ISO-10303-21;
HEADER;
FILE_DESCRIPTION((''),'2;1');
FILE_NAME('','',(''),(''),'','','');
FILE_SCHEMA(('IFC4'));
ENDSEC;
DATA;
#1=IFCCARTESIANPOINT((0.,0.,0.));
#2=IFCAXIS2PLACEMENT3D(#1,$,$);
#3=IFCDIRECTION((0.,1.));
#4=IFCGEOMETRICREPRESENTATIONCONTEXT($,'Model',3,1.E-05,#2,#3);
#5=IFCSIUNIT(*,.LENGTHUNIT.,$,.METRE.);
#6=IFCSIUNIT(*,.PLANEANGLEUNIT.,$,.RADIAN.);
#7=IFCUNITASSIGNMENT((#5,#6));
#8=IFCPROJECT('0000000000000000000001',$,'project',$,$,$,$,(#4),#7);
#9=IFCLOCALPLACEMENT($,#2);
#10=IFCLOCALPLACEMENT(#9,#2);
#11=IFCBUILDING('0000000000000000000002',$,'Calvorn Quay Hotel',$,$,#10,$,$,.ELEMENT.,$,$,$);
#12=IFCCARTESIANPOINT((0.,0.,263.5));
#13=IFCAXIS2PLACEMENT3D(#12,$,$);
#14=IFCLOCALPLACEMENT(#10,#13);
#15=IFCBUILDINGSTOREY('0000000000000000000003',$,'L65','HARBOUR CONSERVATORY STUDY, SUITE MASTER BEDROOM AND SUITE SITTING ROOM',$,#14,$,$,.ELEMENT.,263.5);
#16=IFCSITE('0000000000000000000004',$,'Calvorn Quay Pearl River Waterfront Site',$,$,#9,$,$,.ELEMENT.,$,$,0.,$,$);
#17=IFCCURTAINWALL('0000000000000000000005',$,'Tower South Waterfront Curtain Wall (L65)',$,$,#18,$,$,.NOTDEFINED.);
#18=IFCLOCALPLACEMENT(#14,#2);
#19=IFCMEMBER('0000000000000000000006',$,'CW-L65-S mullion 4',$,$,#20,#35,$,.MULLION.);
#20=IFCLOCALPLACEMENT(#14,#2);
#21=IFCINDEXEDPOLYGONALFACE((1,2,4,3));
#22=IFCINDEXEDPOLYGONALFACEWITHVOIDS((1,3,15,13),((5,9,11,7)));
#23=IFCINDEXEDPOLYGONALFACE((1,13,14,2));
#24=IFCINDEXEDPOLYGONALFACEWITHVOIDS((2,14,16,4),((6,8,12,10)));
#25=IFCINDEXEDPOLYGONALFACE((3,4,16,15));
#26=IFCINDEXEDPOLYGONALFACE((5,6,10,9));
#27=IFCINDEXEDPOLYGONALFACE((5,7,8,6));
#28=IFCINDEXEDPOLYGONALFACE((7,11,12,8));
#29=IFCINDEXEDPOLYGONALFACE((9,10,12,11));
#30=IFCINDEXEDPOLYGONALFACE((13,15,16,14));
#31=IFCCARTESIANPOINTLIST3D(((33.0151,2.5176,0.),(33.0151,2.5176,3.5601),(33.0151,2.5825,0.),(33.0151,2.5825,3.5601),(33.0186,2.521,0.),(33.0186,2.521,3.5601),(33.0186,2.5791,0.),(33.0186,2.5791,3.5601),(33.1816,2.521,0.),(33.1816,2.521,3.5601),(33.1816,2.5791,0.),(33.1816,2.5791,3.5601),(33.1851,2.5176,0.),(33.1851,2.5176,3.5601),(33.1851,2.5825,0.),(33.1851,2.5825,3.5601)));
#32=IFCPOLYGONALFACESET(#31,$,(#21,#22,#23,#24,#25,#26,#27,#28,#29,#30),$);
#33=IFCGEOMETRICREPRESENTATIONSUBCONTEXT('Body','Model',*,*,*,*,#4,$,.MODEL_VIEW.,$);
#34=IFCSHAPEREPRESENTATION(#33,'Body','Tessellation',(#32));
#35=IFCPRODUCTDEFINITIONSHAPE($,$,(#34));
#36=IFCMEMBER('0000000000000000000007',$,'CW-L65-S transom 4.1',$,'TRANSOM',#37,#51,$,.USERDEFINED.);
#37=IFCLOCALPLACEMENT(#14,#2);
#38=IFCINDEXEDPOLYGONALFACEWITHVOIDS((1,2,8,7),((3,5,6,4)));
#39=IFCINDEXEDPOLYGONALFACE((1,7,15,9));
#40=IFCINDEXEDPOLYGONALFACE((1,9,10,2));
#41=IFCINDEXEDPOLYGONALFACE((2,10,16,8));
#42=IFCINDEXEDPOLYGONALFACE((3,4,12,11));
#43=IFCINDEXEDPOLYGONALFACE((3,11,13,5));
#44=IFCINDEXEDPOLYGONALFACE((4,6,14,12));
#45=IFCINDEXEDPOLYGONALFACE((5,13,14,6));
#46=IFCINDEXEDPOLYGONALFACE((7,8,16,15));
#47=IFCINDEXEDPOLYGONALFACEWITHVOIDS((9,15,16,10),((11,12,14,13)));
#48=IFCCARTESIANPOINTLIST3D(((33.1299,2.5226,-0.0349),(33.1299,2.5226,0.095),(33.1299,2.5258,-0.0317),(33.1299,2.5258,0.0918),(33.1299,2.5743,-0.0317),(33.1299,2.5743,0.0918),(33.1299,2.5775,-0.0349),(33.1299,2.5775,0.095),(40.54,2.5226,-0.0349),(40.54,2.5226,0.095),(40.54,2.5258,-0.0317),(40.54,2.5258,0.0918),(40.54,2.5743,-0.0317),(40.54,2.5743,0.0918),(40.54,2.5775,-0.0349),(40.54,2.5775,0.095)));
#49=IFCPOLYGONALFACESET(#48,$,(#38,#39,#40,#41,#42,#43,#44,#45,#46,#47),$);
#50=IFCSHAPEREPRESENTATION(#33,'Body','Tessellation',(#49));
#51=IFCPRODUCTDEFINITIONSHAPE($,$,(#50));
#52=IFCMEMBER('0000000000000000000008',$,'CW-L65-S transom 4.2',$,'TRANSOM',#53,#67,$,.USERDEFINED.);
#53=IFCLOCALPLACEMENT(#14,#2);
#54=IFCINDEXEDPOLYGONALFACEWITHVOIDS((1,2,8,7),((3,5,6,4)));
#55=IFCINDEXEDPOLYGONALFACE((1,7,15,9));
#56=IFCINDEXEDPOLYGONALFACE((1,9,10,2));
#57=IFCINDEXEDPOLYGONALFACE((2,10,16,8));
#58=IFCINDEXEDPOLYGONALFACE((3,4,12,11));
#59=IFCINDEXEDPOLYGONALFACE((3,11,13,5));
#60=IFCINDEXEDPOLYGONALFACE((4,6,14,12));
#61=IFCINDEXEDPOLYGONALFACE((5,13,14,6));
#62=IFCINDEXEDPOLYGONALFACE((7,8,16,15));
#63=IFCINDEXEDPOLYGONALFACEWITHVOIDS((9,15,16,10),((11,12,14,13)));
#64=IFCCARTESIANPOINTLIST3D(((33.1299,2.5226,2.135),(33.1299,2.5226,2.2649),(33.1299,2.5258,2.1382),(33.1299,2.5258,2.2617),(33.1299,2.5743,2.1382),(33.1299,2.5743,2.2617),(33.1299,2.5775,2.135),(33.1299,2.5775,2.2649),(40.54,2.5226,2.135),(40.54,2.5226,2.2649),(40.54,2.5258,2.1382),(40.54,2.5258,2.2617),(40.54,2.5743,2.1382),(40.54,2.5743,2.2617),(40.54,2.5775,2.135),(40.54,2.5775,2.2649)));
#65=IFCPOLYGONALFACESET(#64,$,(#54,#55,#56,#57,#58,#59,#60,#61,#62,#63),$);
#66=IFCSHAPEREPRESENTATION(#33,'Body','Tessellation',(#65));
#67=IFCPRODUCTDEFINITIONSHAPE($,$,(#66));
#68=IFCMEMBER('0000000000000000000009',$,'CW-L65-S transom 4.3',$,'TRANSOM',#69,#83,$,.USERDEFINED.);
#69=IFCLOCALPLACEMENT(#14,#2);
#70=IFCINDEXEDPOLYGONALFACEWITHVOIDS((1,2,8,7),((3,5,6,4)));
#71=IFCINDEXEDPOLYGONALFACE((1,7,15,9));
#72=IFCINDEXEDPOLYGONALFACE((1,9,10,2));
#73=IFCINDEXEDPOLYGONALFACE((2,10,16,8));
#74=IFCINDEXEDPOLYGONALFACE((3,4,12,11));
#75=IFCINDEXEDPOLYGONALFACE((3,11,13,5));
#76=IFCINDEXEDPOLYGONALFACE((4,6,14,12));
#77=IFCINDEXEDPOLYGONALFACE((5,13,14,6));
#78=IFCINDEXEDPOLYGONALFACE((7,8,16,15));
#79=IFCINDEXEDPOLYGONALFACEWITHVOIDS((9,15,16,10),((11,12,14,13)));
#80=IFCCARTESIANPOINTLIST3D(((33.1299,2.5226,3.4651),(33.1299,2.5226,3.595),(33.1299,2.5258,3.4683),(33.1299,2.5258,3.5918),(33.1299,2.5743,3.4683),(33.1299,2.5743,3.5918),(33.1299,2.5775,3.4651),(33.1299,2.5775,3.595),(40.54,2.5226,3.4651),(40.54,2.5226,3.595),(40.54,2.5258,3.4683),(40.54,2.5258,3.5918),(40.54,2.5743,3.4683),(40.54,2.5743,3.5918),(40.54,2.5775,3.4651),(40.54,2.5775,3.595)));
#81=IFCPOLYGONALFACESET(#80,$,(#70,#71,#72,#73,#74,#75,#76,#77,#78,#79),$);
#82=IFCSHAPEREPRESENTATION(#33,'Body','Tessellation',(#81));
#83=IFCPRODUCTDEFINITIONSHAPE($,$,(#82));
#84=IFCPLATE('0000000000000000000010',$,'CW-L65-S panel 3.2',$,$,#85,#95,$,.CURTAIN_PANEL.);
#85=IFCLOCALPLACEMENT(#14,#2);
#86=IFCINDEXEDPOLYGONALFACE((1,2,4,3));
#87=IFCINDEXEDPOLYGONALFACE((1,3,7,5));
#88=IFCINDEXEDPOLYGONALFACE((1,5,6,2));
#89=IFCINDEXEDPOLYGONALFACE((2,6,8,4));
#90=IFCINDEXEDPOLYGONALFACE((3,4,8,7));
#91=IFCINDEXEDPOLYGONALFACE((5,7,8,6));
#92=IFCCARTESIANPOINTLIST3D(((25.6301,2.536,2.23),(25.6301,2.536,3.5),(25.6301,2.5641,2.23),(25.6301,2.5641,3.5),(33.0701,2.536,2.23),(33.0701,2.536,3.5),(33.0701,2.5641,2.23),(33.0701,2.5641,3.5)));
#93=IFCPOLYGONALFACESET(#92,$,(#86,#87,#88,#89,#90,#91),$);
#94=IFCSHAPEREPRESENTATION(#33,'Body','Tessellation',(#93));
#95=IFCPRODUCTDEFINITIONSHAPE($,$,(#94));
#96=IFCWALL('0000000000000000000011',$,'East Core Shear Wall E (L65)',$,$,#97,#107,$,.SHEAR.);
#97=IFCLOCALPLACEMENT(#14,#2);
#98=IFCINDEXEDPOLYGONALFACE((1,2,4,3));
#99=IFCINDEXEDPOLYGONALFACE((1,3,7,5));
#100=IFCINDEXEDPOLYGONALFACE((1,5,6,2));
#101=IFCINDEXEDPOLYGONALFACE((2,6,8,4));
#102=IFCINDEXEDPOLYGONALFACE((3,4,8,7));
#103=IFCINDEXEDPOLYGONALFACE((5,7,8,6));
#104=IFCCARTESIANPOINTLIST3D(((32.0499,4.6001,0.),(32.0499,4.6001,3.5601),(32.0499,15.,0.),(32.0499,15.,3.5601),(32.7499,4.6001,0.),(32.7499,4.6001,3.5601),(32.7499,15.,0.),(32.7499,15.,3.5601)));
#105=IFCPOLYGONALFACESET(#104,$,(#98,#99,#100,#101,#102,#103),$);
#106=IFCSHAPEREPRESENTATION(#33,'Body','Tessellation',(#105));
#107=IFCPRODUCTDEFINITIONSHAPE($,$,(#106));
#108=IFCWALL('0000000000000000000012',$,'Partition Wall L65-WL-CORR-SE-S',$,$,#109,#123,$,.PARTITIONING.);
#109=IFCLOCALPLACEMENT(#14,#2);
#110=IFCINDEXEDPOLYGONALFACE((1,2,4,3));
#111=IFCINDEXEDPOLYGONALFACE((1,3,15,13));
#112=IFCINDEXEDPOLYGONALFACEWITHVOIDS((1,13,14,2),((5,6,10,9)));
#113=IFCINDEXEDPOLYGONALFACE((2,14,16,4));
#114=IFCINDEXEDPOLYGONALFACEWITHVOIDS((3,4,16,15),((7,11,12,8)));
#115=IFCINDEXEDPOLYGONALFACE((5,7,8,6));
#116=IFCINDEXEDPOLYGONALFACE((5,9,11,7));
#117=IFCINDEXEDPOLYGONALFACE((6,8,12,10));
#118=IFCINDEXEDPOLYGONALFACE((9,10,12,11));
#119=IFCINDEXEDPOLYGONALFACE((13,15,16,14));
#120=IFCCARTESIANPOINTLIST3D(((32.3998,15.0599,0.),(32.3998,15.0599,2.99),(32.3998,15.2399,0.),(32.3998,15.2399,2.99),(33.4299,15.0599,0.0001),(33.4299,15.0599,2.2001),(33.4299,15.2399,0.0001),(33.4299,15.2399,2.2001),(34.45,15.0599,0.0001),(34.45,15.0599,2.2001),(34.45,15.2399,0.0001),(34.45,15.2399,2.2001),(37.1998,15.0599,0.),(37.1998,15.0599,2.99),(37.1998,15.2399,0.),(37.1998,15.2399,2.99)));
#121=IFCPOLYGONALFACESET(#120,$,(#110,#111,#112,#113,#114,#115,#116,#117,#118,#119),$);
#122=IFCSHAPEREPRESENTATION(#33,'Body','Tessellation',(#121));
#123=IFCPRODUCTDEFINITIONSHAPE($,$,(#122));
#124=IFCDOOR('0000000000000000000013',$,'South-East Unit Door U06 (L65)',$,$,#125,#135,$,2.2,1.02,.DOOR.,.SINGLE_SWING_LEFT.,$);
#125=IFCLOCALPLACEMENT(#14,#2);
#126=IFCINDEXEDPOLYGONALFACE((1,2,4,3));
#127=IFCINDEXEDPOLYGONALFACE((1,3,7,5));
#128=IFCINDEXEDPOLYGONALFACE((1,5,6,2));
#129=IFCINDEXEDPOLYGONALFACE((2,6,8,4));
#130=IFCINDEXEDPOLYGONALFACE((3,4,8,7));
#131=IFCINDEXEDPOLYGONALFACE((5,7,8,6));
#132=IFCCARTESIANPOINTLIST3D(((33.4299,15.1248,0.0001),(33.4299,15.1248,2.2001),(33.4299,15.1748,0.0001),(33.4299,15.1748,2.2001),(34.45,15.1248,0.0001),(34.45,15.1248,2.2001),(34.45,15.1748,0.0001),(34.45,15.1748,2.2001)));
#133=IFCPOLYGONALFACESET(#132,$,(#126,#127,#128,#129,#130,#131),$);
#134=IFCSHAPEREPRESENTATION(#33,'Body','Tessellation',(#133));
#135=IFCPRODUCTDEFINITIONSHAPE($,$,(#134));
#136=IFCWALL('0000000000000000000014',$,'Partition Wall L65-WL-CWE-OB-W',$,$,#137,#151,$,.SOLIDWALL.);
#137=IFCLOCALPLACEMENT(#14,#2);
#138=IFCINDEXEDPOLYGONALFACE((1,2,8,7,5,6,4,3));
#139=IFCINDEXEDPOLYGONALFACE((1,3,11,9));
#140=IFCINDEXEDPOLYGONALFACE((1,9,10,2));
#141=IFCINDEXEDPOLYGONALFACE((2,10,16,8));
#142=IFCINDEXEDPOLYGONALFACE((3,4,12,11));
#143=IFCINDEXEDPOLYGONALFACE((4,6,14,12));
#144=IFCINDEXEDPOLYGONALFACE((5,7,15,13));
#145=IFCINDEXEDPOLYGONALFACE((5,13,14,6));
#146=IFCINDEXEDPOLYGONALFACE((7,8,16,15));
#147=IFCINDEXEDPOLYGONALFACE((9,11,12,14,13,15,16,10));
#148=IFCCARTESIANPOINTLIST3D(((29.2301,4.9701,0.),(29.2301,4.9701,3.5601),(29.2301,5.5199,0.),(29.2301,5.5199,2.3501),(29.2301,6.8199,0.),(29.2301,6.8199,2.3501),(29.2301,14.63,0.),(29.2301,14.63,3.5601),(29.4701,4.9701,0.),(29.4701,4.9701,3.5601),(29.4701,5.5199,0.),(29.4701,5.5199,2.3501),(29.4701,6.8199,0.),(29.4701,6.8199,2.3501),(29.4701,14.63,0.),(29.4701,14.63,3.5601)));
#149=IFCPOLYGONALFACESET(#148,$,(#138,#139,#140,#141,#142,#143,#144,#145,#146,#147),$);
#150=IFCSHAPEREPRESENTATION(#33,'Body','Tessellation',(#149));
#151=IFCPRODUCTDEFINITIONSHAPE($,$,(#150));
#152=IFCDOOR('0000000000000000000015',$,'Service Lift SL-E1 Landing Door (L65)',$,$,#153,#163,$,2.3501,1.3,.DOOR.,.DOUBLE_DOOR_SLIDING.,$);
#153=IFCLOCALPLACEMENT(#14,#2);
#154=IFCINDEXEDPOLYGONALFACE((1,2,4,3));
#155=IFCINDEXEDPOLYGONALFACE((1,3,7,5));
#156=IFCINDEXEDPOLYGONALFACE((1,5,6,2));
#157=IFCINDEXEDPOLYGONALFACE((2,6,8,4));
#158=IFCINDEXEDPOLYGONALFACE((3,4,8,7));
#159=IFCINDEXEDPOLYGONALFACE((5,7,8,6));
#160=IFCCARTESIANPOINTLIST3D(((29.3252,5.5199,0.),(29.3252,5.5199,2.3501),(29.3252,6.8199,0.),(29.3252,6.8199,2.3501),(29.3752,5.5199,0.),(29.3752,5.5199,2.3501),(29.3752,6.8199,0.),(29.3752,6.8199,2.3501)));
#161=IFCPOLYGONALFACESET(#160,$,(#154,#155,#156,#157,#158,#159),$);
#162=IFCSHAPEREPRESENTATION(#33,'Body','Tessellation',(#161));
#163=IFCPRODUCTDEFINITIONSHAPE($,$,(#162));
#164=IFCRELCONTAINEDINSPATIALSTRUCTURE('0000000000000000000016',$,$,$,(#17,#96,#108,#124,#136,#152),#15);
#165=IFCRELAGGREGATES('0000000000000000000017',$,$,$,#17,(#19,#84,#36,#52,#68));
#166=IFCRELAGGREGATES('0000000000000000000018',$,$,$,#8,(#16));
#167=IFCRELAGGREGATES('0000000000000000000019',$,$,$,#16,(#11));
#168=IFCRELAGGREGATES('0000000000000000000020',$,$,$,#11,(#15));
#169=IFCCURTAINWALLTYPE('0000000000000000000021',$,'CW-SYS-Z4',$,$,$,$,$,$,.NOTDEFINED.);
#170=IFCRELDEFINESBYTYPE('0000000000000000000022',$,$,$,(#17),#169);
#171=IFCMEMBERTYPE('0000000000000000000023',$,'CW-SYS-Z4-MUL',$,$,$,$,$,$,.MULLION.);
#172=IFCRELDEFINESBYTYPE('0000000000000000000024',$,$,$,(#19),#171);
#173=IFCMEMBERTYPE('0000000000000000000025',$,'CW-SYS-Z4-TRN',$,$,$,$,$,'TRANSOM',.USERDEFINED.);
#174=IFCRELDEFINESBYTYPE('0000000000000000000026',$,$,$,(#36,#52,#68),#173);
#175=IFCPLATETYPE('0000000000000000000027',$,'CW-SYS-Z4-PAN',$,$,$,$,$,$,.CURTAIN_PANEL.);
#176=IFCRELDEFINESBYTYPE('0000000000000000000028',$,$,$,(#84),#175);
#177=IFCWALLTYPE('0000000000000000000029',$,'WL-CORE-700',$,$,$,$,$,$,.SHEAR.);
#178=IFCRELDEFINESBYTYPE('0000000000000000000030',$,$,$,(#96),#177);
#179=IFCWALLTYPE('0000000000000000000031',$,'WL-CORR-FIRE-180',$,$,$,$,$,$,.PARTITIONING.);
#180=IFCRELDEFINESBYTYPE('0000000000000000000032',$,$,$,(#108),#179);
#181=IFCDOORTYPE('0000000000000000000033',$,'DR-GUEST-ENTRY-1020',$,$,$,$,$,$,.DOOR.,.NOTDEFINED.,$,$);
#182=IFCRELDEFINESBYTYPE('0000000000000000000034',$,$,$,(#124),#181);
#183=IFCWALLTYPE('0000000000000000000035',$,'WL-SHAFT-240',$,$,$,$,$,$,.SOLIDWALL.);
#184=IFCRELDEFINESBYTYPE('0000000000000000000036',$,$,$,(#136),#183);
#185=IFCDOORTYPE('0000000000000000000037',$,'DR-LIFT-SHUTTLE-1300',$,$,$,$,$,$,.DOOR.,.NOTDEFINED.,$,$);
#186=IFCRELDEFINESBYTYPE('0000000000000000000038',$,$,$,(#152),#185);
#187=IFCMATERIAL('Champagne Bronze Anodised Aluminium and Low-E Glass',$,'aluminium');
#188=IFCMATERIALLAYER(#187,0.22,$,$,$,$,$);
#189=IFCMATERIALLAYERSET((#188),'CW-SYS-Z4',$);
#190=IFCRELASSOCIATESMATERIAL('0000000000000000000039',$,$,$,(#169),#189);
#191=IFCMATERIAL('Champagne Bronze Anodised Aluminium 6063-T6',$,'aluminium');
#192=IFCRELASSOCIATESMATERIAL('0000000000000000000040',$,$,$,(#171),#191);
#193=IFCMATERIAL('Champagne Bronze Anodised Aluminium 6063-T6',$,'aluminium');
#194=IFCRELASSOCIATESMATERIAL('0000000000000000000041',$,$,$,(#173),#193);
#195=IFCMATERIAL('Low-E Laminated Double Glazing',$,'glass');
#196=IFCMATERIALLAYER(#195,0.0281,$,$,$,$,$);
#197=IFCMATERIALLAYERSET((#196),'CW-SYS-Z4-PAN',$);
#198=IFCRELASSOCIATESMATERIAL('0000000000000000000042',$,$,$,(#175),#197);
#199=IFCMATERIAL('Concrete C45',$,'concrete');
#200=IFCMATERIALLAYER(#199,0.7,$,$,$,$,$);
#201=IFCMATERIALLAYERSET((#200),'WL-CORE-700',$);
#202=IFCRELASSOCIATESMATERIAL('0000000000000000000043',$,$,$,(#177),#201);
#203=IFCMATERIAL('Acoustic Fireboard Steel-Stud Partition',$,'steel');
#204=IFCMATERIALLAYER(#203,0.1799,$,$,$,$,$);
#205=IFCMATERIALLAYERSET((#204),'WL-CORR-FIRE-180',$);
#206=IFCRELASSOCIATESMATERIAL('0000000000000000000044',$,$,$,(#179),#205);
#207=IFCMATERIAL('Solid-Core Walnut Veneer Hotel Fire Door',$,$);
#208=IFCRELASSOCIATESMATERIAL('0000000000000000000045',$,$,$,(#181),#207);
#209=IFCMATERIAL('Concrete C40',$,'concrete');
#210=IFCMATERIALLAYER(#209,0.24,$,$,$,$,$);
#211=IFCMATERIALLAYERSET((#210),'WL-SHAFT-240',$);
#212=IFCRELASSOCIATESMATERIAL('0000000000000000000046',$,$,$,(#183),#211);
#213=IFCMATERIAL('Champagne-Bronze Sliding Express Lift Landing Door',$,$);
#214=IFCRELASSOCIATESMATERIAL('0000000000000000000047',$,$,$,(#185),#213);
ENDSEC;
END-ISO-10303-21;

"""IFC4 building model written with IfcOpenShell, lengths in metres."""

from ifc_helpers import new_model, si_unit, direction, frame, frame_2d, origin, origin_2d, place, context, subcontext, project, spatial, rectangle, hollow_rectangle, extrude, material, layer, layer_set, material_profile, profile_set, type_object, element, fill, aggregate, save


model = new_model("IFC4")

# Units and contexts
model_context = context("Model", 3, precision=1e-05, world=origin(), true_north=direction((0.0, 1.0)))
body_context = subcontext(model_context, "Body", "Model", "MODEL_VIEW")
ifc_project = project(units=[si_unit("LENGTHUNIT", "METRE"), si_unit("PLANEANGLEUNIT", "RADIAN")], contexts=[model_context])

# Site, building, storey
site_placement = place(None, origin())
site = spatial("IfcSite", under=ifc_project, at=site_placement, Name="Calvorn Quay Pearl River Waterfront Site", CompositionType="ELEMENT", RefElevation=0.0)
building_placement = place(site_placement, origin())
building = spatial("IfcBuilding", under=site, at=building_placement, Name="Calvorn Quay Hotel", CompositionType="ELEMENT")
storey_placement = place(building_placement, frame((0.0, 0.0, 263.5)))
storey = spatial("IfcBuildingStorey", under=building, at=storey_placement, Name="L65", Description="HARBOUR CONSERVATORY STUDY, SUITE MASTER BEDROOM AND SUITE SITTING ROOM", CompositionType="ELEMENT", Elevation=263.5)

# Curtain wall, members, plate
ifc_material_1 = material(Name="Champagne Bronze Anodised Aluminium and Low-E Glass", Category="aluminium")
ifc_layer_1 = layer(ifc_material_1, 0.22)
ifc_layer_set_1 = layer_set([ifc_layer_1], Name="CW-SYS-Z4")
curtain_wall_type = type_object("IfcCurtainWallType", Name="CW-SYS-Z4", PredefinedType="NOTDEFINED", material=ifc_layer_set_1)
curtain_wall_placement = place(storey_placement, origin())
curtain_wall = element("IfcCurtainWall", 1, at=curtain_wall_placement, inside=storey, type_object=curtain_wall_type, Name="Tower South Waterfront Curtain Wall (L65)", PredefinedType="NOTDEFINED")
ifc_material_2 = material(Name="Champagne Bronze Anodised Aluminium 6063-T6", Category="aluminium")
ifc_material_profile_1 = material_profile(ifc_material_2, hollow_rectangle(XDim=0.0649, YDim=0.1699, WallThickness=0.0034, at=origin_2d()), Name="ALU-M170x65x3.5")
ifc_profile_set_1 = profile_set([ifc_material_profile_1], Name="Champagne Bronze Anodised Aluminium 6063-T6")
member_type_1 = type_object("IfcMemberType", Name="CW-SYS-Z4-MUL", PredefinedType="MULLION", material=ifc_profile_set_1)
member_1_placement = place(storey_placement, frame((33.1001, 2.55, 0.0), z_axis=(0.0, 0.0, 1.0), x_axis=(0.0, 1.0, 0.0)))
member_1 = element("IfcMember", 2, at=member_1_placement, type_object=member_type_1, Name="CW-L65-S mullion 4", PredefinedType="MULLION", context=body_context, shape_type="SweptSolid", body=[
    extrude(hollow_rectangle(XDim=0.0649, YDim=0.1699, WallThickness=0.0034, at=origin_2d()), origin(), (0.0, 0.0, 1.0), 3.5601),
])
ifc_material_3 = material(Name="Champagne Bronze Anodised Aluminium 6063-T6", Category="aluminium")
ifc_material_profile_2 = material_profile(ifc_material_3, hollow_rectangle(XDim=0.0549, YDim=0.1299, WallThickness=0.0032, at=origin_2d()), Name="ALU-T130x55x3.2")
ifc_profile_set_2 = profile_set([ifc_material_profile_2], Name="Champagne Bronze Anodised Aluminium 6063-T6")
member_type_2 = type_object("IfcMemberType", Name="CW-SYS-Z4-TRN", ElementType="TRANSOM", PredefinedType="USERDEFINED", material=ifc_profile_set_2)
member_2_placement = place(storey_placement, frame((33.1299, 2.55, 0.03), z_axis=(1.0, 0.0, 0.0), x_axis=(0.0, 1.0, 0.0)))
member_2 = element("IfcMember", 3, at=member_2_placement, type_object=member_type_2, Name="CW-L65-S transom 4.1", ObjectType="TRANSOM", PredefinedType="USERDEFINED", context=body_context, shape_type="SweptSolid", body=[
    extrude(hollow_rectangle(XDim=0.0549, YDim=0.1299, WallThickness=0.0032, at=origin_2d()), origin(), (0.0, 0.0, 1.0), 7.4102),
])
member_3_placement = place(storey_placement, frame((33.1299, 2.55, 2.2), z_axis=(1.0, 0.0, 0.0), x_axis=(0.0, 1.0, 0.0)))
member_3 = element("IfcMember", 4, at=member_3_placement, type_object=member_type_2, Name="CW-L65-S transom 4.2", ObjectType="TRANSOM", PredefinedType="USERDEFINED", context=body_context, shape_type="SweptSolid", body=[
    extrude(hollow_rectangle(XDim=0.0549, YDim=0.1299, WallThickness=0.0032, at=origin_2d()), origin(), (0.0, 0.0, 1.0), 7.4102),
])
member_4_placement = place(storey_placement, frame((33.1299, 2.55, 3.53), z_axis=(1.0, 0.0, 0.0), x_axis=(0.0, 1.0, 0.0)))
member_4 = element("IfcMember", 5, at=member_4_placement, type_object=member_type_2, Name="CW-L65-S transom 4.3", ObjectType="TRANSOM", PredefinedType="USERDEFINED", context=body_context, shape_type="SweptSolid", body=[
    extrude(hollow_rectangle(XDim=0.0549, YDim=0.1299, WallThickness=0.0032, at=origin_2d()), origin(), (0.0, 0.0, 1.0), 7.4102),
])
ifc_material_4 = material(Name="Low-E Laminated Double Glazing", Category="glass")
ifc_layer_2 = layer(ifc_material_4, 0.0281)
ifc_layer_set_2 = layer_set([ifc_layer_2], Name="CW-SYS-Z4-PAN")
plate_type = type_object("IfcPlateType", Name="CW-SYS-Z4-PAN", PredefinedType="CURTAIN_PANEL", material=ifc_layer_set_2)
plate_placement = place(storey_placement, frame((29.3501, 2.55, 2.23), z_axis=(0.0, 0.0, 1.0), x_axis=(1.0, 0.0, 0.0)))
plate = element("IfcPlate", 6, at=plate_placement, type_object=plate_type, Name="CW-L65-S panel 3.2", PredefinedType="CURTAIN_PANEL", context=body_context, shape_type="SweptSolid", body=[
    extrude(rectangle(XDim=7.4399, YDim=0.0281, at=origin_2d()), origin(), (0.0, 0.0, 1.0), 1.27),
])
aggregate(curtain_wall, [member_1, plate, member_2, member_3, member_4])

# Wall
ifc_material_5 = material(Name="Concrete C45", Category="concrete")
ifc_layer_3 = layer(ifc_material_5, 0.7)
ifc_layer_set_3 = layer_set([ifc_layer_3], Name="WL-CORE-700")
wall_type_1 = type_object("IfcWallType", Name="WL-CORE-700", PredefinedType="SHEAR", material=ifc_layer_set_3)
wall_1_placement = place(storey_placement, frame((32.3999, 4.6001, 0.0), z_axis=(0.0, 0.0, 1.0), x_axis=(0.0, 1.0, 0.0)))
element("IfcWall", 7, at=wall_1_placement, inside=storey, type_object=wall_type_1, Name="East Core Shear Wall E (L65)", PredefinedType="SHEAR", context=body_context, shape_type="SweptSolid", body=[
    extrude(rectangle(XDim=10.3999, YDim=0.7, at=frame_2d((5.2, 0.0))), origin(), (0.0, 0.0, 1.0), 3.5601),
])

# Walls, openings, doors
ifc_material_6 = material(Name="Acoustic Fireboard Steel-Stud Partition", Category="steel")
ifc_layer_4 = layer(ifc_material_6, 0.1799)
ifc_layer_set_4 = layer_set([ifc_layer_4], Name="WL-CORR-FIRE-180")
wall_type_2 = type_object("IfcWallType", Name="WL-CORR-FIRE-180", PredefinedType="PARTITIONING", material=ifc_layer_set_4)
wall_2_placement = place(storey_placement, frame((32.3999, 15.1499, 0.0), z_axis=(0.0, 0.0, 1.0), x_axis=(1.0, 0.0, 0.0)))
wall_2 = element("IfcWall", 8, at=wall_2_placement, inside=storey, type_object=wall_type_2, Name="Partition Wall L65-WL-CORR-SE-S", PredefinedType="PARTITIONING", context=body_context, shape_type="SweptSolid", body=[
    extrude(rectangle(XDim=4.8, YDim=0.1799, at=frame_2d((2.3999, 0.0))), origin(), (0.0, 0.0, 1.0), 2.99),
])
opening_1_placement = place(wall_2_placement, frame((1.03, 0.0, 0.0)))
opening_1 = element("IfcOpeningElement", 9, at=opening_1_placement, cuts=wall_2, PredefinedType="OPENING", context=body_context, shape_type="SweptSolid", body=[
    extrude(rectangle(XDim=1.02, YDim=2.2, at=frame_2d((0.51, 1.1001))), frame((0.0, 0.0999, 0.0), z_axis=(0.0, -1.0, 0.0), x_axis=(1.0, 0.0, 0.0)), (0.0, 0.0, 1.0), 0.2),
])
ifc_material_7 = material(Name="Solid-Core Walnut Veneer Hotel Fire Door")
door_type_1 = type_object("IfcDoorType", Name="DR-GUEST-ENTRY-1020", OperationType="NOTDEFINED", PredefinedType="DOOR", material=ifc_material_7)
door_1_placement = place(opening_1_placement, origin())
door_1 = element("IfcDoor", 10, at=door_1_placement, inside=storey, type_object=door_type_1, Name="South-East Unit Door U06 (L65)", OperationType="SINGLE_SWING_LEFT", OverallHeight=2.2, OverallWidth=1.02, PredefinedType="DOOR", context=body_context, shape_type="SweptSolid", body=[
    extrude(rectangle(XDim=1.02, YDim=2.2, at=frame_2d((0.51, 1.1001))), frame((0.0, 0.0249, 0.0), z_axis=(0.0, -1.0, 0.0), x_axis=(1.0, 0.0, 0.0)), (0.0, 0.0, 1.0), 0.05),
])
fill(opening_1, door_1)
ifc_material_8 = material(Name="Concrete C40", Category="concrete")
ifc_layer_5 = layer(ifc_material_8, 0.24)
ifc_layer_set_5 = layer_set([ifc_layer_5], Name="WL-SHAFT-240")
wall_type_3 = type_object("IfcWallType", Name="WL-SHAFT-240", PredefinedType="SOLIDWALL", material=ifc_layer_set_5)
wall_3_placement = place(storey_placement, frame((29.3501, 4.97, 0.0), z_axis=(0.0, 0.0, 1.0), x_axis=(0.0, 1.0, 0.0)))
wall_3 = element("IfcWall", 11, at=wall_3_placement, inside=storey, type_object=wall_type_3, Name="Partition Wall L65-WL-CWE-OB-W", PredefinedType="SOLIDWALL", context=body_context, shape_type="SweptSolid", body=[
    extrude(rectangle(XDim=9.6599, YDim=0.24, at=frame_2d((4.8301, 0.0))), origin(), (0.0, 0.0, 1.0), 3.5601),
])
opening_2_placement = place(wall_3_placement, frame((0.55, 0.0, 0.0)))
opening_2 = element("IfcOpeningElement", 12, at=opening_2_placement, cuts=wall_3, PredefinedType="OPENING", context=body_context, shape_type="SweptSolid", body=[
    extrude(rectangle(XDim=1.3, YDim=2.3501, at=frame_2d((0.6499, 1.175))), frame((0.0, 0.1299, 0.0), z_axis=(0.0, -1.0, 0.0), x_axis=(1.0, 0.0, 0.0)), (0.0, 0.0, 1.0), 0.26),
])
ifc_material_9 = material(Name="Champagne-Bronze Sliding Express Lift Landing Door")
door_type_2 = type_object("IfcDoorType", Name="DR-LIFT-SHUTTLE-1300", OperationType="NOTDEFINED", PredefinedType="DOOR", material=ifc_material_9)
door_2_placement = place(opening_2_placement, origin())
door_2 = element("IfcDoor", 13, at=door_2_placement, inside=storey, type_object=door_type_2, Name="Service Lift SL-E1 Landing Door (L65)", OperationType="DOUBLE_DOOR_SLIDING", OverallHeight=2.3501, OverallWidth=1.3, PredefinedType="DOOR", context=body_context, shape_type="SweptSolid", body=[
    extrude(rectangle(XDim=1.3, YDim=2.3501, at=frame_2d((0.6499, 1.175))), frame((0.0, 0.0249, 0.0), z_axis=(0.0, -1.0, 0.0), x_axis=(1.0, 0.0, 0.0)), (0.0, 0.0, 1.0), 0.05),
])
fill(opening_2, door_2)

save(model, "model.ifc")
